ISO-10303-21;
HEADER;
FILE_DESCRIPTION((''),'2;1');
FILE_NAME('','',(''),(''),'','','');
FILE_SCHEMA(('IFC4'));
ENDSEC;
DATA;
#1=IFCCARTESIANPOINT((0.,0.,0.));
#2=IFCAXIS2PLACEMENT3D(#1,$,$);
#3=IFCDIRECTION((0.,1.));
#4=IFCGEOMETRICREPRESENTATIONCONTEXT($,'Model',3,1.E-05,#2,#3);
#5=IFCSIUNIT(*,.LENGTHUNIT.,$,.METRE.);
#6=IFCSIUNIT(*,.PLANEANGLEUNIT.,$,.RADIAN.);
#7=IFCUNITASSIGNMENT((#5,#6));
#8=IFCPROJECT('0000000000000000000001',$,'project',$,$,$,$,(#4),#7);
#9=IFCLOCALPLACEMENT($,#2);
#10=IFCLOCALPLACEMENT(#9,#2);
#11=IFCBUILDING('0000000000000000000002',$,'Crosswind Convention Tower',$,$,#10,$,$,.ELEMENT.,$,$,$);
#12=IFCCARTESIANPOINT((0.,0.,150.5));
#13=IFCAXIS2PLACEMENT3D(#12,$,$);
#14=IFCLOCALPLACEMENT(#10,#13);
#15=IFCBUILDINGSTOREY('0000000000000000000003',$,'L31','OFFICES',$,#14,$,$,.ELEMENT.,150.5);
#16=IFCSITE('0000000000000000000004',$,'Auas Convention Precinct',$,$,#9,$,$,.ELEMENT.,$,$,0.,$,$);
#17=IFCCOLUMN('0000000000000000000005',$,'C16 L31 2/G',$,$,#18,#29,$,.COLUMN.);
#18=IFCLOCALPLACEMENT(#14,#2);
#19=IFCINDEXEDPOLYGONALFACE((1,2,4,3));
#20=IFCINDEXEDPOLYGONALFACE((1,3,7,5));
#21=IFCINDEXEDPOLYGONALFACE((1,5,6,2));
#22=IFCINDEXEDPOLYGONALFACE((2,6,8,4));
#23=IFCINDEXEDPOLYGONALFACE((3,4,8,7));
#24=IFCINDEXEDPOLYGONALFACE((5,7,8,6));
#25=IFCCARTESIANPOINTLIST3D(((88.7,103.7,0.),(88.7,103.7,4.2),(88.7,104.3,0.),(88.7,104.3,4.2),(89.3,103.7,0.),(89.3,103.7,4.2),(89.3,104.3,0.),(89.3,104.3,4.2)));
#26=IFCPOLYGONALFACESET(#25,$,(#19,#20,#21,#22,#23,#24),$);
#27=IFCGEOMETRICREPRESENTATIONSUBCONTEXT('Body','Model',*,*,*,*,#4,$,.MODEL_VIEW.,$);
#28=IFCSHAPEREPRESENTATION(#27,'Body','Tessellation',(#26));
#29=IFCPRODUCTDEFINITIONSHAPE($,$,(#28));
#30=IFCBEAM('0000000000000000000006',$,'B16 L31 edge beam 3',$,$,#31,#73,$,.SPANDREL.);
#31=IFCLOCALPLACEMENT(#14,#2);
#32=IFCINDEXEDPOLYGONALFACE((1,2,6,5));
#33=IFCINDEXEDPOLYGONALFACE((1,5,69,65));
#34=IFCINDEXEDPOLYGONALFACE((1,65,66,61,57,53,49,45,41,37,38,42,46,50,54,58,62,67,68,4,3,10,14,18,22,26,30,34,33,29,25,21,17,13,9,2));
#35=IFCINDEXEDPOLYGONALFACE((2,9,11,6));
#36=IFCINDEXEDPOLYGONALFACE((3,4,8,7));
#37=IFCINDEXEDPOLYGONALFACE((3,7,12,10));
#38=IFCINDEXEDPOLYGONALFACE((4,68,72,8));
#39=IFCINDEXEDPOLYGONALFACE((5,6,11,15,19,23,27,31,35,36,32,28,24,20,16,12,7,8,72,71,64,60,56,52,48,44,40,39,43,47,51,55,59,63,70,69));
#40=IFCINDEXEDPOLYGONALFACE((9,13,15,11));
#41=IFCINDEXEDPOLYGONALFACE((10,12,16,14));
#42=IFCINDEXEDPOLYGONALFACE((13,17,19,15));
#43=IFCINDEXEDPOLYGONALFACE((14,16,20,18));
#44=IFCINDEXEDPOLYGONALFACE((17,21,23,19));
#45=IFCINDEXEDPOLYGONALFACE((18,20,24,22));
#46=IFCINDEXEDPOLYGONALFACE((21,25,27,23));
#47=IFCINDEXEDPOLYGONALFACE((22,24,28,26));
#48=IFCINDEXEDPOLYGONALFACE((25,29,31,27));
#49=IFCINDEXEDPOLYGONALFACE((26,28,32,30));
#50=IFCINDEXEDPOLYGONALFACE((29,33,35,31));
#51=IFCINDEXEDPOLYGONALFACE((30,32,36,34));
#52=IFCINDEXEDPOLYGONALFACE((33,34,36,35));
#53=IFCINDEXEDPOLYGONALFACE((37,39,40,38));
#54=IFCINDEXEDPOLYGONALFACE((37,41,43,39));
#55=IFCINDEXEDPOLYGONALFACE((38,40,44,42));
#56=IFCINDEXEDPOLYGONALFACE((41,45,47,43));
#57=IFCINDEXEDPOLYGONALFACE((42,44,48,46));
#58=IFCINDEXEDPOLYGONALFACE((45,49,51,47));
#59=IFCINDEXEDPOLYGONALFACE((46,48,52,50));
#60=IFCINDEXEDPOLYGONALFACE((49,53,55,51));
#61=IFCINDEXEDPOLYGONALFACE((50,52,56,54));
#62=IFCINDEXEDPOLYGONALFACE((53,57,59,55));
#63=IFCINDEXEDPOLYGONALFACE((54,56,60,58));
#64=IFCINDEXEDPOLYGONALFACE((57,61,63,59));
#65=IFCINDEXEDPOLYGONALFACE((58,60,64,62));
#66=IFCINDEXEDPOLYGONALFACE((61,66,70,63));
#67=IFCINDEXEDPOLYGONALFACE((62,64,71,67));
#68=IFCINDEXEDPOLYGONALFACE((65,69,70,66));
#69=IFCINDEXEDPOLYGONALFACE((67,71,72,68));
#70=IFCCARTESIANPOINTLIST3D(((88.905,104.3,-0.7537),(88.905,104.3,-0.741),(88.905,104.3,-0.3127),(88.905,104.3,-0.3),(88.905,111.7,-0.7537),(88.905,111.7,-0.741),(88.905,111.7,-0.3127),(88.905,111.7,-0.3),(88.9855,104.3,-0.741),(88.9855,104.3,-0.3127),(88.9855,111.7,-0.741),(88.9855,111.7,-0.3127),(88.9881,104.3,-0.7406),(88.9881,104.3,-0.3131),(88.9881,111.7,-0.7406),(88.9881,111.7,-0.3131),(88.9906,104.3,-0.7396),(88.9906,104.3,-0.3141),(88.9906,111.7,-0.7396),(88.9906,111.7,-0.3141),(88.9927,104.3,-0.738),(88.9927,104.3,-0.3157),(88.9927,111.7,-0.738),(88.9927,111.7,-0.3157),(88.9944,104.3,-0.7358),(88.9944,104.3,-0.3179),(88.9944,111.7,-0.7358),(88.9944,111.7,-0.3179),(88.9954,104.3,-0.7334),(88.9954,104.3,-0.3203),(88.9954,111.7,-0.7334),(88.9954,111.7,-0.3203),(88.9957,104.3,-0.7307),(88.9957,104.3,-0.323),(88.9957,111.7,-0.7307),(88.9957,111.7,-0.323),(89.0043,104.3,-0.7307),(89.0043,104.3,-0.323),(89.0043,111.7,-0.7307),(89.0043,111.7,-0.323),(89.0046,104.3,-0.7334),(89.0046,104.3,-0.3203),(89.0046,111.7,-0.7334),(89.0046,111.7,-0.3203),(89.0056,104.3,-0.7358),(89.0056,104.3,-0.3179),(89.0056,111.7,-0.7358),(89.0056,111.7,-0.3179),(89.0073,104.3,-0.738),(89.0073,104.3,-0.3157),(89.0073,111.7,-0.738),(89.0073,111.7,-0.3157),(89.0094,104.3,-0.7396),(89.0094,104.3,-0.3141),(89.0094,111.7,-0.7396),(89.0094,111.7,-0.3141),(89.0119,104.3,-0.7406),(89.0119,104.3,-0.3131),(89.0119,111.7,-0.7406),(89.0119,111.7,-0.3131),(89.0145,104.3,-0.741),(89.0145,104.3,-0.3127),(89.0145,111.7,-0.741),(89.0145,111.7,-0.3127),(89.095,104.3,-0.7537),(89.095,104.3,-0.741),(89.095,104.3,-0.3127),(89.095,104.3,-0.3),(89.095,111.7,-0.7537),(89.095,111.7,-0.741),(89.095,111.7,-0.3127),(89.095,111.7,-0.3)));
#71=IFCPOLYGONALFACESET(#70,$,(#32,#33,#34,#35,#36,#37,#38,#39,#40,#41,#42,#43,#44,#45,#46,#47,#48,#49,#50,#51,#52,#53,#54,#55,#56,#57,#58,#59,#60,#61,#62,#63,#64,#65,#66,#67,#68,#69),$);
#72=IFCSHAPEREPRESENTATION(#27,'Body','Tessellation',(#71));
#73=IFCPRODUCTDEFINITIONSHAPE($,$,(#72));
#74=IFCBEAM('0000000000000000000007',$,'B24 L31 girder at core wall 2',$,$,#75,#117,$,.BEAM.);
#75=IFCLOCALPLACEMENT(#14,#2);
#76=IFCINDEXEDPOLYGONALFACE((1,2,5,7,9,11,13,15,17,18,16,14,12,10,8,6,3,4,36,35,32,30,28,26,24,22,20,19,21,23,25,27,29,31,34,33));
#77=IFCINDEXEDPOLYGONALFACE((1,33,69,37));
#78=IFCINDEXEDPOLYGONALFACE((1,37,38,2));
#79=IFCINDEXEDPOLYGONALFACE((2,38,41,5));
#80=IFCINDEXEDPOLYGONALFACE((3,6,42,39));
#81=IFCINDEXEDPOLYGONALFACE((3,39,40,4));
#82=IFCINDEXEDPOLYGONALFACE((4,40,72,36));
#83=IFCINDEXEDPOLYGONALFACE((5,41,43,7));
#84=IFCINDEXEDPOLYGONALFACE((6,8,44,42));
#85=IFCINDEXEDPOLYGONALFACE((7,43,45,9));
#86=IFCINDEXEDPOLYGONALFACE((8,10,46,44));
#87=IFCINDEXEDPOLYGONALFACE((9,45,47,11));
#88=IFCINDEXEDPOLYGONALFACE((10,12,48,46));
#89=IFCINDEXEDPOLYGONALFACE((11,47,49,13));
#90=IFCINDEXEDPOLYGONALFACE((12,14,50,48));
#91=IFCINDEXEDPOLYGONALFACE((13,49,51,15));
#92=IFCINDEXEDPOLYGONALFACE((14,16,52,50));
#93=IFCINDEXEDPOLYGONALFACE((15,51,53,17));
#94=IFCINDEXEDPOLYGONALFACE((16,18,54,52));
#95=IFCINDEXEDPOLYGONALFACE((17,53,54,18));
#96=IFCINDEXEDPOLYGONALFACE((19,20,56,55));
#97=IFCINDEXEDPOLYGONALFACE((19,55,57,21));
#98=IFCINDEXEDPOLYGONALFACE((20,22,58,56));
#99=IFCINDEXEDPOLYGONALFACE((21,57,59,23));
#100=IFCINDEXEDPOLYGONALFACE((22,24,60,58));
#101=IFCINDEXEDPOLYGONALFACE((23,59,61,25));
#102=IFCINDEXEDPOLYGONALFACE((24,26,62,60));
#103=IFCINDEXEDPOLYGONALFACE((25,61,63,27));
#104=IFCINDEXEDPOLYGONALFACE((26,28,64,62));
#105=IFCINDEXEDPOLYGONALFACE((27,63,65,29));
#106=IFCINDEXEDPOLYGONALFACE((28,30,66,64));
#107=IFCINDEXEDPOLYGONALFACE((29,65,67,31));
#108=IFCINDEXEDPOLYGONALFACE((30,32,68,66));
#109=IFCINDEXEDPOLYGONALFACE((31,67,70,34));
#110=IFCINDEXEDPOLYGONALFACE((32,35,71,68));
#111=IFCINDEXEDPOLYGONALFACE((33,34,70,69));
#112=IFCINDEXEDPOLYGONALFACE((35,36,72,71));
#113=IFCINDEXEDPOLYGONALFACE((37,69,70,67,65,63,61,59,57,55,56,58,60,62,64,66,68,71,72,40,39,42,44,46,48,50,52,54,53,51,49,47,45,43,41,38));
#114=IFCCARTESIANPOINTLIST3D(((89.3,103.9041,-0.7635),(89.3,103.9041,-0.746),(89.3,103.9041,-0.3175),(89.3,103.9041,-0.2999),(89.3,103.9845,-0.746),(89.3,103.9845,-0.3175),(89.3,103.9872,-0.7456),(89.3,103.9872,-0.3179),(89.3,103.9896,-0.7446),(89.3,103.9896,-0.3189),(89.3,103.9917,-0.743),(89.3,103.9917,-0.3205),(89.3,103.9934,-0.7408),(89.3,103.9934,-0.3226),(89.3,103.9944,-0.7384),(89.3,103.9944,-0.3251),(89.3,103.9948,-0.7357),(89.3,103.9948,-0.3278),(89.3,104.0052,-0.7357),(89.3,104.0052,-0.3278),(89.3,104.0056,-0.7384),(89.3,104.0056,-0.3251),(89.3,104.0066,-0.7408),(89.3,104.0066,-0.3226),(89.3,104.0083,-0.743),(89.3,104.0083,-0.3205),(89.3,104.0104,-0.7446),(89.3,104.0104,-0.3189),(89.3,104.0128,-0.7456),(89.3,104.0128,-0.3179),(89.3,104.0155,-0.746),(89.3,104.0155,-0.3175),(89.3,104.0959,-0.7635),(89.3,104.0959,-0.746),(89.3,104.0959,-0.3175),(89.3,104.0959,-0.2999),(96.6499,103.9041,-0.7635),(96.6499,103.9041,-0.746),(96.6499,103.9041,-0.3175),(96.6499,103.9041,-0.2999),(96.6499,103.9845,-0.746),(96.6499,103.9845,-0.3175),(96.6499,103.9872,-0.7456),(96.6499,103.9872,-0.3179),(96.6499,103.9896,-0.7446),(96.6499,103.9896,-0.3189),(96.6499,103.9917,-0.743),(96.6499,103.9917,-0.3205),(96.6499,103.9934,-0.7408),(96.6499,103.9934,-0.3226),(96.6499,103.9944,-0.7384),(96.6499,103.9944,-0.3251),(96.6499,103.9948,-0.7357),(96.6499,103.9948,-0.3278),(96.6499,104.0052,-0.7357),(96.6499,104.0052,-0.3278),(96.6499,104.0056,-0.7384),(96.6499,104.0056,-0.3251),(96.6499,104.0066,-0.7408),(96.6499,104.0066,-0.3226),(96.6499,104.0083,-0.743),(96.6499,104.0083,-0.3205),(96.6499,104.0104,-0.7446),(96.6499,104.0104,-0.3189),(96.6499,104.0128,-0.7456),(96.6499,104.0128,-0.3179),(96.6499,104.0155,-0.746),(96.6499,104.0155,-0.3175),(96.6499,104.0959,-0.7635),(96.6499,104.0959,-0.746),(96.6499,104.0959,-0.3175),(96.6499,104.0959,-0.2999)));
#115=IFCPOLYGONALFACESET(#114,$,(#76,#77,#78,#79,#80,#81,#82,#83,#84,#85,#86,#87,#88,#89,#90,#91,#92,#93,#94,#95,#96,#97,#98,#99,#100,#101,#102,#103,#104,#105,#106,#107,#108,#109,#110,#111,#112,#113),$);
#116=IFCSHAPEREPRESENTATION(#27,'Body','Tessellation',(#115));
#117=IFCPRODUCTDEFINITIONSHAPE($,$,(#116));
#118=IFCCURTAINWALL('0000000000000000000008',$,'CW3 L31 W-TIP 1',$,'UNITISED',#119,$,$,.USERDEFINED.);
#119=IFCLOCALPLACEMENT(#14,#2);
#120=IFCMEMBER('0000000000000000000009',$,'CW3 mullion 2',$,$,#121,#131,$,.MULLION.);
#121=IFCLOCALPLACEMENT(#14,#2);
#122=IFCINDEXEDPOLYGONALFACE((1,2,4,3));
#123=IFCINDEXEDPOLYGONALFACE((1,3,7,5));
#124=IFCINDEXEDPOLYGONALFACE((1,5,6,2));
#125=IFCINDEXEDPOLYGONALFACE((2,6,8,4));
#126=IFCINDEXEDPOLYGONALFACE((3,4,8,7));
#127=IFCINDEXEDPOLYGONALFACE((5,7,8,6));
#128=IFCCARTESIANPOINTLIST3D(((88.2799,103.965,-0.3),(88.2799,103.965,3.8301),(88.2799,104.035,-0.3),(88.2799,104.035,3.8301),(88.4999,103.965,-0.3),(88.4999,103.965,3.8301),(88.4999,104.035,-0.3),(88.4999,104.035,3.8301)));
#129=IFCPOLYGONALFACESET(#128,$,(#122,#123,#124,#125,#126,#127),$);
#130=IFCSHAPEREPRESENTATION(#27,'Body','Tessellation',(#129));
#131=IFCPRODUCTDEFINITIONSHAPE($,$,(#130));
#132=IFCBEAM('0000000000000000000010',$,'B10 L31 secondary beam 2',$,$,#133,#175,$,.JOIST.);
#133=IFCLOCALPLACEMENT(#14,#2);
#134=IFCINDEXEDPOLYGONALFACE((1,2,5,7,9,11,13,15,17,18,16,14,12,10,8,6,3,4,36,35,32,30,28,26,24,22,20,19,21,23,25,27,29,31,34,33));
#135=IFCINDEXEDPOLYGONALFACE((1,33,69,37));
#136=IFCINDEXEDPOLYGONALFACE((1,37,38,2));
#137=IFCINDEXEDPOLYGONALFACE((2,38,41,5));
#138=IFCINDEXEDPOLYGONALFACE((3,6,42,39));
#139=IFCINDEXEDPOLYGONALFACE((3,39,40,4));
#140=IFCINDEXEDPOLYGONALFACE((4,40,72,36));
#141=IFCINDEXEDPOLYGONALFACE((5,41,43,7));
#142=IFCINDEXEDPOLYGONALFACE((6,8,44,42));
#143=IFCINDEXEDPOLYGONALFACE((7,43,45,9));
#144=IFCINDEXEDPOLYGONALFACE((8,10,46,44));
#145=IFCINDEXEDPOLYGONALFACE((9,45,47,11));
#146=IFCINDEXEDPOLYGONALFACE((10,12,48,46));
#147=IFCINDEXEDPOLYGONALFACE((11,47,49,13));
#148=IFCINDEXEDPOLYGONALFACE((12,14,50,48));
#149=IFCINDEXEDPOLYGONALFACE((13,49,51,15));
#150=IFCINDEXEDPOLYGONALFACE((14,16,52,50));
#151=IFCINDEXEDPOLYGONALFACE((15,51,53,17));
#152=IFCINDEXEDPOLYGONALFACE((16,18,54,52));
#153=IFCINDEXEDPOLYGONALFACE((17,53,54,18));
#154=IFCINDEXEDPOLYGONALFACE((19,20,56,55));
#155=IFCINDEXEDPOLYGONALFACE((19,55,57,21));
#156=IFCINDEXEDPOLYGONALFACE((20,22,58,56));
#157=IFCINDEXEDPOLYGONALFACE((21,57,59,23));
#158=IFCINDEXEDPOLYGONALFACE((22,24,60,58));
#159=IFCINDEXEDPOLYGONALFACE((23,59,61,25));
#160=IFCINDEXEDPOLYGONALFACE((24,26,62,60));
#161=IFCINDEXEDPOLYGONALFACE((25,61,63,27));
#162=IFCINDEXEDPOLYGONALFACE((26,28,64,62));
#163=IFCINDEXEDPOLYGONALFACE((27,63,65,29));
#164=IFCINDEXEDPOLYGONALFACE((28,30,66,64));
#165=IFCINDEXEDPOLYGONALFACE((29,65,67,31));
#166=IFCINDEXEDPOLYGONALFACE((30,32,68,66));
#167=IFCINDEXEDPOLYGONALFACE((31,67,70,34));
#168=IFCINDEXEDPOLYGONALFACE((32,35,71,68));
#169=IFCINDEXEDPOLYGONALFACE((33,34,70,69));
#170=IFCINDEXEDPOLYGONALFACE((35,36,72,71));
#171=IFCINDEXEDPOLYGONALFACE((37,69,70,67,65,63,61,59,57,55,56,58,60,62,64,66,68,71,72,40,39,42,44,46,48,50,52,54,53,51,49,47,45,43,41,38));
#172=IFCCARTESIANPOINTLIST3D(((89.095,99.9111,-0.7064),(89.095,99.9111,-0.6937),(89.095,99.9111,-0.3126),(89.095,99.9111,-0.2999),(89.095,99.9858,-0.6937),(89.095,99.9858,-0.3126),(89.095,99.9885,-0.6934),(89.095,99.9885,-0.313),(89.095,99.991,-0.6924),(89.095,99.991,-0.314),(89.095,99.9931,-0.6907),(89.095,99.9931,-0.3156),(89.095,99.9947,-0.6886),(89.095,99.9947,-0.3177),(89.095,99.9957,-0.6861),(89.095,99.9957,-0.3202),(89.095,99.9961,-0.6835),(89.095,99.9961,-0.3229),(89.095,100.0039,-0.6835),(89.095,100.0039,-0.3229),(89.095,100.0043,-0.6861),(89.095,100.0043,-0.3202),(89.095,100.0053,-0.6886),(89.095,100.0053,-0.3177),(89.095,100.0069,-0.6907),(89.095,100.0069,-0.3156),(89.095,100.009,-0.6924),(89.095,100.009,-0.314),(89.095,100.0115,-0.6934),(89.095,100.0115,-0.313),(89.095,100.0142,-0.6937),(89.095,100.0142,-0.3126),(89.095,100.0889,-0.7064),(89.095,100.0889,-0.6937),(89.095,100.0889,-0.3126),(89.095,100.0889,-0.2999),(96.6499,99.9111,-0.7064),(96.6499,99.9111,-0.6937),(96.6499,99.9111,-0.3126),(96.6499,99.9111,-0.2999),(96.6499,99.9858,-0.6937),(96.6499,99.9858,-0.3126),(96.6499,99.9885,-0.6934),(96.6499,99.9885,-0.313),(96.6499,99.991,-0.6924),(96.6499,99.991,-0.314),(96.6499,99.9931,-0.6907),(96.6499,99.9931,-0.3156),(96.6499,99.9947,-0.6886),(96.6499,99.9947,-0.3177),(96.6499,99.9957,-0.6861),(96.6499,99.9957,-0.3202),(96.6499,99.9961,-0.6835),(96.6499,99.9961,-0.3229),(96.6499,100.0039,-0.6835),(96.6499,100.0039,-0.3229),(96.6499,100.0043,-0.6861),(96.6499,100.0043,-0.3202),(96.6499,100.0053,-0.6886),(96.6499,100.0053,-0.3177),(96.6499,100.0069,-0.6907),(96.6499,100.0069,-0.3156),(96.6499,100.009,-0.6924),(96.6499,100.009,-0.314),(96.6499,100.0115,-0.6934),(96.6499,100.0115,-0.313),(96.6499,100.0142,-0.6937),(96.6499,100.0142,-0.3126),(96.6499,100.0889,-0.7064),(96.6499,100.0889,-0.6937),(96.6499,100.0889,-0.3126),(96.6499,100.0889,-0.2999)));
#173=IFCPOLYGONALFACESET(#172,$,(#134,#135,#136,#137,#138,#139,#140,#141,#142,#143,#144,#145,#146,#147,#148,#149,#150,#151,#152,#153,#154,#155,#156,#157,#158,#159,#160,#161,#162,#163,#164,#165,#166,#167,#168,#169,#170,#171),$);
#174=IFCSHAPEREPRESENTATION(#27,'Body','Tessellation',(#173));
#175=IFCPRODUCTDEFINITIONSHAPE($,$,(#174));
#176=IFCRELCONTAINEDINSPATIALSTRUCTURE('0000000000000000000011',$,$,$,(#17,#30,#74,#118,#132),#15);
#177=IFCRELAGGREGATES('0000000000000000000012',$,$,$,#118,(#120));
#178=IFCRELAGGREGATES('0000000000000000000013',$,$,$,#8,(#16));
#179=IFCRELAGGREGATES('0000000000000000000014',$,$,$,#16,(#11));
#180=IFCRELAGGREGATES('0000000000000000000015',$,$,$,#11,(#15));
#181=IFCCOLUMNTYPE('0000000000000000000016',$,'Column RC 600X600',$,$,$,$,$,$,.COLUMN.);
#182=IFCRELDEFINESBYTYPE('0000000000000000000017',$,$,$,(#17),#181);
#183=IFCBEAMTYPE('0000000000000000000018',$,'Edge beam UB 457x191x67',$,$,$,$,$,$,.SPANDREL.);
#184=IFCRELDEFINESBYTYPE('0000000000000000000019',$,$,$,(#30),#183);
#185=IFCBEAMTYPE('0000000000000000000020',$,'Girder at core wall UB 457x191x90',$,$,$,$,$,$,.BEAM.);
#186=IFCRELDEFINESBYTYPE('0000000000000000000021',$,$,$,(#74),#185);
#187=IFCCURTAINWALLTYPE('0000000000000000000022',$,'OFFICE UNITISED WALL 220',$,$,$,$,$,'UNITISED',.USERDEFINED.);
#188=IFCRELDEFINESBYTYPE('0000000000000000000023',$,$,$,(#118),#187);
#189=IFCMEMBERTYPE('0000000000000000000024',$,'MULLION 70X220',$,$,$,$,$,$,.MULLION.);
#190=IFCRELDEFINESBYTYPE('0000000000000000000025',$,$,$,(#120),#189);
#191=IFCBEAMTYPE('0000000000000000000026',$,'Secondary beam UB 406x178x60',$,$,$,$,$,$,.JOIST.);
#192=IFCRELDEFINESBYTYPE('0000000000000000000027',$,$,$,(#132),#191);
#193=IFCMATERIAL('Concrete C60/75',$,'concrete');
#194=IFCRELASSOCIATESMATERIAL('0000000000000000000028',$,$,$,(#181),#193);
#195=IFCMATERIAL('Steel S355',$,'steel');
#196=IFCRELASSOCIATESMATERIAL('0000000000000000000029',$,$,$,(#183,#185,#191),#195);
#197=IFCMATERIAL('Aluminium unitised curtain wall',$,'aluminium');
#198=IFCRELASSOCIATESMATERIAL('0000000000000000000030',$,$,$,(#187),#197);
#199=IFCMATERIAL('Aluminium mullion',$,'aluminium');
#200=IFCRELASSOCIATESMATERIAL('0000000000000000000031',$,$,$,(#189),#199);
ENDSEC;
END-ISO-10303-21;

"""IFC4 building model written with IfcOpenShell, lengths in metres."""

from ifc_helpers import new_model, si_unit, direction, frame, origin, origin_2d, place, context, subcontext, project, spatial, rectangle, i_section, extrude, material, material_profile, profile_set, type_object, element, aggregate, save


model = new_model("IFC4")

# Units and contexts
model_context = context("Model", 3, precision=1e-05, world=origin(), true_north=direction((0.0, 1.0)))
body_context = subcontext(model_context, "Body", "Model", "MODEL_VIEW")
ifc_project = project(units=[si_unit("LENGTHUNIT", "METRE"), si_unit("PLANEANGLEUNIT", "RADIAN")], contexts=[model_context])

# Site, building, storey
site_placement = place(None, origin())
site = spatial("IfcSite", under=ifc_project, at=site_placement, Name="Auas Convention Precinct", CompositionType="ELEMENT", RefElevation=0.0)
building_placement = place(site_placement, origin())
building = spatial("IfcBuilding", under=site, at=building_placement, Name="Crosswind Convention Tower", CompositionType="ELEMENT")
storey_placement = place(building_placement, frame((0.0, 0.0, 150.5)))
storey = spatial("IfcBuildingStorey", under=building, at=storey_placement, Name="L31", Description="OFFICES", CompositionType="ELEMENT", Elevation=150.5)

# Column
ifc_material_1 = material(Name="Concrete C60/75", Category="concrete")
ifc_material_profile_1 = material_profile(ifc_material_1, rectangle(XDim=0.6001, YDim=0.6001, at=origin_2d()), Name="RC 600X600")
ifc_profile_set_1 = profile_set([ifc_material_profile_1], Name="Concrete C60/75")
column_type = type_object("IfcColumnType", Name="Column RC 600X600", PredefinedType="COLUMN", material=ifc_profile_set_1)
column_placement = place(storey_placement, frame((89.0, 104.0, 0.0), z_axis=(0.0, 0.0, 1.0), x_axis=(1.0, 0.0, 0.0)))
element("IfcColumn", 1, at=column_placement, inside=storey, type_object=column_type, Name="C16 L31 2/G", PredefinedType="COLUMN", context=body_context, shape_type="SweptSolid", body=[
    extrude(rectangle(XDim=0.6001, YDim=0.6001, at=origin_2d()), origin(), (0.0, 0.0, 1.0), 4.2),
])

# Beams
ifc_material_2 = material(Name="Steel S355", Category="steel")
ifc_material_profile_2 = material_profile(ifc_material_2, i_section(OverallWidth=0.1899, OverallDepth=0.4536, WebThickness=0.0085, FlangeThickness=0.0127, FilletRadius=0.0103, at=origin_2d()), Name="UB 457x191x67")
ifc_profile_set_2 = profile_set([ifc_material_profile_2], Name="Steel S355")
beam_type_1 = type_object("IfcBeamType", Name="Edge beam UB 457x191x67", PredefinedType="SPANDREL", material=ifc_profile_set_2)
beam_1_placement = place(storey_placement, frame((89.0, 104.3, -0.5269), z_axis=(0.0, 1.0, 0.0), x_axis=(-1.0, 0.0, 0.0)))
element("IfcBeam", 2, at=beam_1_placement, inside=storey, type_object=beam_type_1, Name="B16 L31 edge beam 3", PredefinedType="SPANDREL", context=body_context, shape_type="SweptSolid", body=[
    extrude(i_section(OverallWidth=0.1899, OverallDepth=0.4536, WebThickness=0.0085, FlangeThickness=0.0127, FilletRadius=0.0103, at=origin_2d()), origin(), (0.0, 0.0, 1.0), 7.3999),
])
ifc_material_profile_3 = material_profile(ifc_material_2, i_section(OverallWidth=0.1919, OverallDepth=0.4636, WebThickness=0.0105, FlangeThickness=0.0176, FilletRadius=0.0103, at=origin_2d()), Name="UB 457x191x90")
ifc_profile_set_3 = profile_set([ifc_material_profile_3], Name="Steel S355")
beam_type_2 = type_object("IfcBeamType", Name="Girder at core wall UB 457x191x90", PredefinedType="BEAM", material=ifc_profile_set_3)
beam_2_placement = place(storey_placement, frame((89.3, 104.0, -0.5317), z_axis=(1.0, 0.0, 0.0), x_axis=(0.0, 1.0, 0.0)))
element("IfcBeam", 3, at=beam_2_placement, inside=storey, type_object=beam_type_2, Name="B24 L31 girder at core wall 2", PredefinedType="BEAM", context=body_context, shape_type="SweptSolid", body=[
    extrude(i_section(OverallWidth=0.1919, OverallDepth=0.4636, WebThickness=0.0105, FlangeThickness=0.0176, FilletRadius=0.0103, at=origin_2d()), origin(), (0.0, 0.0, 1.0), 7.3499),
])

# Curtain wall, member
ifc_material_3 = material(Name="Aluminium unitised curtain wall", Category="aluminium")
curtain_wall_type = type_object("IfcCurtainWallType", Name="OFFICE UNITISED WALL 220", ElementType="UNITISED", PredefinedType="USERDEFINED", material=ifc_material_3)
curtain_wall_placement = place(storey_placement, origin())
curtain_wall = element("IfcCurtainWall", 4, at=curtain_wall_placement, inside=storey, type_object=curtain_wall_type, Name="CW3 L31 W-TIP 1", ObjectType="UNITISED", PredefinedType="USERDEFINED")
ifc_material_4 = material(Name="Aluminium mullion", Category="aluminium")
ifc_material_profile_4 = material_profile(ifc_material_4, rectangle(XDim=0.22, YDim=0.0701, at=origin_2d()), Name="AL 220X70")
ifc_profile_set_4 = profile_set([ifc_material_profile_4], Name="Aluminium mullion")
member_type = type_object("IfcMemberType", Name="MULLION 70X220", PredefinedType="MULLION", material=ifc_profile_set_4)
member_placement = place(storey_placement, frame((88.3899, 104.0, -0.3), z_axis=(0.0, 0.0, 1.0), x_axis=(-1.0, 0.0, 0.0)))
member = element("IfcMember", 5, at=member_placement, type_object=member_type, Name="CW3 mullion 2", PredefinedType="MULLION", context=body_context, shape_type="SweptSolid", body=[
    extrude(rectangle(XDim=0.22, YDim=0.0701, at=origin_2d()), origin(), (0.0, 0.0, 1.0), 4.1301),
])

# Beam
ifc_material_profile_5 = material_profile(ifc_material_2, i_section(OverallWidth=0.1777, OverallDepth=0.4065, WebThickness=0.0078, FlangeThickness=0.0127, FilletRadius=0.0103, at=origin_2d()), Name="UB 406x178x60")
ifc_profile_set_5 = profile_set([ifc_material_profile_5], Name="Steel S355")
beam_type_3 = type_object("IfcBeamType", Name="Secondary beam UB 406x178x60", PredefinedType="JOIST", material=ifc_profile_set_5)
for number, where, z_axis, x_axis, name in (
    (6, (89.095, 100.0, -0.5032), (1.0, 0.0, 0.0), (0.0, 1.0, 0.0), "B10 L31 secondary beam 2"),
):
    element("IfcBeam", number, at=place(storey_placement, frame(where, z_axis=z_axis, x_axis=x_axis)), inside=storey, type_object=beam_type_3, Name=name, PredefinedType="JOIST", context=body_context, shape_type="SweptSolid", body=[
        extrude(i_section(OverallWidth=0.1777, OverallDepth=0.4065, WebThickness=0.0078, FlangeThickness=0.0127, FilletRadius=0.0103, at=origin_2d()), origin(), (0.0, 0.0, 1.0), 7.5549),
    ])

aggregate(curtain_wall, [member])

save(model, "model.ifc")
